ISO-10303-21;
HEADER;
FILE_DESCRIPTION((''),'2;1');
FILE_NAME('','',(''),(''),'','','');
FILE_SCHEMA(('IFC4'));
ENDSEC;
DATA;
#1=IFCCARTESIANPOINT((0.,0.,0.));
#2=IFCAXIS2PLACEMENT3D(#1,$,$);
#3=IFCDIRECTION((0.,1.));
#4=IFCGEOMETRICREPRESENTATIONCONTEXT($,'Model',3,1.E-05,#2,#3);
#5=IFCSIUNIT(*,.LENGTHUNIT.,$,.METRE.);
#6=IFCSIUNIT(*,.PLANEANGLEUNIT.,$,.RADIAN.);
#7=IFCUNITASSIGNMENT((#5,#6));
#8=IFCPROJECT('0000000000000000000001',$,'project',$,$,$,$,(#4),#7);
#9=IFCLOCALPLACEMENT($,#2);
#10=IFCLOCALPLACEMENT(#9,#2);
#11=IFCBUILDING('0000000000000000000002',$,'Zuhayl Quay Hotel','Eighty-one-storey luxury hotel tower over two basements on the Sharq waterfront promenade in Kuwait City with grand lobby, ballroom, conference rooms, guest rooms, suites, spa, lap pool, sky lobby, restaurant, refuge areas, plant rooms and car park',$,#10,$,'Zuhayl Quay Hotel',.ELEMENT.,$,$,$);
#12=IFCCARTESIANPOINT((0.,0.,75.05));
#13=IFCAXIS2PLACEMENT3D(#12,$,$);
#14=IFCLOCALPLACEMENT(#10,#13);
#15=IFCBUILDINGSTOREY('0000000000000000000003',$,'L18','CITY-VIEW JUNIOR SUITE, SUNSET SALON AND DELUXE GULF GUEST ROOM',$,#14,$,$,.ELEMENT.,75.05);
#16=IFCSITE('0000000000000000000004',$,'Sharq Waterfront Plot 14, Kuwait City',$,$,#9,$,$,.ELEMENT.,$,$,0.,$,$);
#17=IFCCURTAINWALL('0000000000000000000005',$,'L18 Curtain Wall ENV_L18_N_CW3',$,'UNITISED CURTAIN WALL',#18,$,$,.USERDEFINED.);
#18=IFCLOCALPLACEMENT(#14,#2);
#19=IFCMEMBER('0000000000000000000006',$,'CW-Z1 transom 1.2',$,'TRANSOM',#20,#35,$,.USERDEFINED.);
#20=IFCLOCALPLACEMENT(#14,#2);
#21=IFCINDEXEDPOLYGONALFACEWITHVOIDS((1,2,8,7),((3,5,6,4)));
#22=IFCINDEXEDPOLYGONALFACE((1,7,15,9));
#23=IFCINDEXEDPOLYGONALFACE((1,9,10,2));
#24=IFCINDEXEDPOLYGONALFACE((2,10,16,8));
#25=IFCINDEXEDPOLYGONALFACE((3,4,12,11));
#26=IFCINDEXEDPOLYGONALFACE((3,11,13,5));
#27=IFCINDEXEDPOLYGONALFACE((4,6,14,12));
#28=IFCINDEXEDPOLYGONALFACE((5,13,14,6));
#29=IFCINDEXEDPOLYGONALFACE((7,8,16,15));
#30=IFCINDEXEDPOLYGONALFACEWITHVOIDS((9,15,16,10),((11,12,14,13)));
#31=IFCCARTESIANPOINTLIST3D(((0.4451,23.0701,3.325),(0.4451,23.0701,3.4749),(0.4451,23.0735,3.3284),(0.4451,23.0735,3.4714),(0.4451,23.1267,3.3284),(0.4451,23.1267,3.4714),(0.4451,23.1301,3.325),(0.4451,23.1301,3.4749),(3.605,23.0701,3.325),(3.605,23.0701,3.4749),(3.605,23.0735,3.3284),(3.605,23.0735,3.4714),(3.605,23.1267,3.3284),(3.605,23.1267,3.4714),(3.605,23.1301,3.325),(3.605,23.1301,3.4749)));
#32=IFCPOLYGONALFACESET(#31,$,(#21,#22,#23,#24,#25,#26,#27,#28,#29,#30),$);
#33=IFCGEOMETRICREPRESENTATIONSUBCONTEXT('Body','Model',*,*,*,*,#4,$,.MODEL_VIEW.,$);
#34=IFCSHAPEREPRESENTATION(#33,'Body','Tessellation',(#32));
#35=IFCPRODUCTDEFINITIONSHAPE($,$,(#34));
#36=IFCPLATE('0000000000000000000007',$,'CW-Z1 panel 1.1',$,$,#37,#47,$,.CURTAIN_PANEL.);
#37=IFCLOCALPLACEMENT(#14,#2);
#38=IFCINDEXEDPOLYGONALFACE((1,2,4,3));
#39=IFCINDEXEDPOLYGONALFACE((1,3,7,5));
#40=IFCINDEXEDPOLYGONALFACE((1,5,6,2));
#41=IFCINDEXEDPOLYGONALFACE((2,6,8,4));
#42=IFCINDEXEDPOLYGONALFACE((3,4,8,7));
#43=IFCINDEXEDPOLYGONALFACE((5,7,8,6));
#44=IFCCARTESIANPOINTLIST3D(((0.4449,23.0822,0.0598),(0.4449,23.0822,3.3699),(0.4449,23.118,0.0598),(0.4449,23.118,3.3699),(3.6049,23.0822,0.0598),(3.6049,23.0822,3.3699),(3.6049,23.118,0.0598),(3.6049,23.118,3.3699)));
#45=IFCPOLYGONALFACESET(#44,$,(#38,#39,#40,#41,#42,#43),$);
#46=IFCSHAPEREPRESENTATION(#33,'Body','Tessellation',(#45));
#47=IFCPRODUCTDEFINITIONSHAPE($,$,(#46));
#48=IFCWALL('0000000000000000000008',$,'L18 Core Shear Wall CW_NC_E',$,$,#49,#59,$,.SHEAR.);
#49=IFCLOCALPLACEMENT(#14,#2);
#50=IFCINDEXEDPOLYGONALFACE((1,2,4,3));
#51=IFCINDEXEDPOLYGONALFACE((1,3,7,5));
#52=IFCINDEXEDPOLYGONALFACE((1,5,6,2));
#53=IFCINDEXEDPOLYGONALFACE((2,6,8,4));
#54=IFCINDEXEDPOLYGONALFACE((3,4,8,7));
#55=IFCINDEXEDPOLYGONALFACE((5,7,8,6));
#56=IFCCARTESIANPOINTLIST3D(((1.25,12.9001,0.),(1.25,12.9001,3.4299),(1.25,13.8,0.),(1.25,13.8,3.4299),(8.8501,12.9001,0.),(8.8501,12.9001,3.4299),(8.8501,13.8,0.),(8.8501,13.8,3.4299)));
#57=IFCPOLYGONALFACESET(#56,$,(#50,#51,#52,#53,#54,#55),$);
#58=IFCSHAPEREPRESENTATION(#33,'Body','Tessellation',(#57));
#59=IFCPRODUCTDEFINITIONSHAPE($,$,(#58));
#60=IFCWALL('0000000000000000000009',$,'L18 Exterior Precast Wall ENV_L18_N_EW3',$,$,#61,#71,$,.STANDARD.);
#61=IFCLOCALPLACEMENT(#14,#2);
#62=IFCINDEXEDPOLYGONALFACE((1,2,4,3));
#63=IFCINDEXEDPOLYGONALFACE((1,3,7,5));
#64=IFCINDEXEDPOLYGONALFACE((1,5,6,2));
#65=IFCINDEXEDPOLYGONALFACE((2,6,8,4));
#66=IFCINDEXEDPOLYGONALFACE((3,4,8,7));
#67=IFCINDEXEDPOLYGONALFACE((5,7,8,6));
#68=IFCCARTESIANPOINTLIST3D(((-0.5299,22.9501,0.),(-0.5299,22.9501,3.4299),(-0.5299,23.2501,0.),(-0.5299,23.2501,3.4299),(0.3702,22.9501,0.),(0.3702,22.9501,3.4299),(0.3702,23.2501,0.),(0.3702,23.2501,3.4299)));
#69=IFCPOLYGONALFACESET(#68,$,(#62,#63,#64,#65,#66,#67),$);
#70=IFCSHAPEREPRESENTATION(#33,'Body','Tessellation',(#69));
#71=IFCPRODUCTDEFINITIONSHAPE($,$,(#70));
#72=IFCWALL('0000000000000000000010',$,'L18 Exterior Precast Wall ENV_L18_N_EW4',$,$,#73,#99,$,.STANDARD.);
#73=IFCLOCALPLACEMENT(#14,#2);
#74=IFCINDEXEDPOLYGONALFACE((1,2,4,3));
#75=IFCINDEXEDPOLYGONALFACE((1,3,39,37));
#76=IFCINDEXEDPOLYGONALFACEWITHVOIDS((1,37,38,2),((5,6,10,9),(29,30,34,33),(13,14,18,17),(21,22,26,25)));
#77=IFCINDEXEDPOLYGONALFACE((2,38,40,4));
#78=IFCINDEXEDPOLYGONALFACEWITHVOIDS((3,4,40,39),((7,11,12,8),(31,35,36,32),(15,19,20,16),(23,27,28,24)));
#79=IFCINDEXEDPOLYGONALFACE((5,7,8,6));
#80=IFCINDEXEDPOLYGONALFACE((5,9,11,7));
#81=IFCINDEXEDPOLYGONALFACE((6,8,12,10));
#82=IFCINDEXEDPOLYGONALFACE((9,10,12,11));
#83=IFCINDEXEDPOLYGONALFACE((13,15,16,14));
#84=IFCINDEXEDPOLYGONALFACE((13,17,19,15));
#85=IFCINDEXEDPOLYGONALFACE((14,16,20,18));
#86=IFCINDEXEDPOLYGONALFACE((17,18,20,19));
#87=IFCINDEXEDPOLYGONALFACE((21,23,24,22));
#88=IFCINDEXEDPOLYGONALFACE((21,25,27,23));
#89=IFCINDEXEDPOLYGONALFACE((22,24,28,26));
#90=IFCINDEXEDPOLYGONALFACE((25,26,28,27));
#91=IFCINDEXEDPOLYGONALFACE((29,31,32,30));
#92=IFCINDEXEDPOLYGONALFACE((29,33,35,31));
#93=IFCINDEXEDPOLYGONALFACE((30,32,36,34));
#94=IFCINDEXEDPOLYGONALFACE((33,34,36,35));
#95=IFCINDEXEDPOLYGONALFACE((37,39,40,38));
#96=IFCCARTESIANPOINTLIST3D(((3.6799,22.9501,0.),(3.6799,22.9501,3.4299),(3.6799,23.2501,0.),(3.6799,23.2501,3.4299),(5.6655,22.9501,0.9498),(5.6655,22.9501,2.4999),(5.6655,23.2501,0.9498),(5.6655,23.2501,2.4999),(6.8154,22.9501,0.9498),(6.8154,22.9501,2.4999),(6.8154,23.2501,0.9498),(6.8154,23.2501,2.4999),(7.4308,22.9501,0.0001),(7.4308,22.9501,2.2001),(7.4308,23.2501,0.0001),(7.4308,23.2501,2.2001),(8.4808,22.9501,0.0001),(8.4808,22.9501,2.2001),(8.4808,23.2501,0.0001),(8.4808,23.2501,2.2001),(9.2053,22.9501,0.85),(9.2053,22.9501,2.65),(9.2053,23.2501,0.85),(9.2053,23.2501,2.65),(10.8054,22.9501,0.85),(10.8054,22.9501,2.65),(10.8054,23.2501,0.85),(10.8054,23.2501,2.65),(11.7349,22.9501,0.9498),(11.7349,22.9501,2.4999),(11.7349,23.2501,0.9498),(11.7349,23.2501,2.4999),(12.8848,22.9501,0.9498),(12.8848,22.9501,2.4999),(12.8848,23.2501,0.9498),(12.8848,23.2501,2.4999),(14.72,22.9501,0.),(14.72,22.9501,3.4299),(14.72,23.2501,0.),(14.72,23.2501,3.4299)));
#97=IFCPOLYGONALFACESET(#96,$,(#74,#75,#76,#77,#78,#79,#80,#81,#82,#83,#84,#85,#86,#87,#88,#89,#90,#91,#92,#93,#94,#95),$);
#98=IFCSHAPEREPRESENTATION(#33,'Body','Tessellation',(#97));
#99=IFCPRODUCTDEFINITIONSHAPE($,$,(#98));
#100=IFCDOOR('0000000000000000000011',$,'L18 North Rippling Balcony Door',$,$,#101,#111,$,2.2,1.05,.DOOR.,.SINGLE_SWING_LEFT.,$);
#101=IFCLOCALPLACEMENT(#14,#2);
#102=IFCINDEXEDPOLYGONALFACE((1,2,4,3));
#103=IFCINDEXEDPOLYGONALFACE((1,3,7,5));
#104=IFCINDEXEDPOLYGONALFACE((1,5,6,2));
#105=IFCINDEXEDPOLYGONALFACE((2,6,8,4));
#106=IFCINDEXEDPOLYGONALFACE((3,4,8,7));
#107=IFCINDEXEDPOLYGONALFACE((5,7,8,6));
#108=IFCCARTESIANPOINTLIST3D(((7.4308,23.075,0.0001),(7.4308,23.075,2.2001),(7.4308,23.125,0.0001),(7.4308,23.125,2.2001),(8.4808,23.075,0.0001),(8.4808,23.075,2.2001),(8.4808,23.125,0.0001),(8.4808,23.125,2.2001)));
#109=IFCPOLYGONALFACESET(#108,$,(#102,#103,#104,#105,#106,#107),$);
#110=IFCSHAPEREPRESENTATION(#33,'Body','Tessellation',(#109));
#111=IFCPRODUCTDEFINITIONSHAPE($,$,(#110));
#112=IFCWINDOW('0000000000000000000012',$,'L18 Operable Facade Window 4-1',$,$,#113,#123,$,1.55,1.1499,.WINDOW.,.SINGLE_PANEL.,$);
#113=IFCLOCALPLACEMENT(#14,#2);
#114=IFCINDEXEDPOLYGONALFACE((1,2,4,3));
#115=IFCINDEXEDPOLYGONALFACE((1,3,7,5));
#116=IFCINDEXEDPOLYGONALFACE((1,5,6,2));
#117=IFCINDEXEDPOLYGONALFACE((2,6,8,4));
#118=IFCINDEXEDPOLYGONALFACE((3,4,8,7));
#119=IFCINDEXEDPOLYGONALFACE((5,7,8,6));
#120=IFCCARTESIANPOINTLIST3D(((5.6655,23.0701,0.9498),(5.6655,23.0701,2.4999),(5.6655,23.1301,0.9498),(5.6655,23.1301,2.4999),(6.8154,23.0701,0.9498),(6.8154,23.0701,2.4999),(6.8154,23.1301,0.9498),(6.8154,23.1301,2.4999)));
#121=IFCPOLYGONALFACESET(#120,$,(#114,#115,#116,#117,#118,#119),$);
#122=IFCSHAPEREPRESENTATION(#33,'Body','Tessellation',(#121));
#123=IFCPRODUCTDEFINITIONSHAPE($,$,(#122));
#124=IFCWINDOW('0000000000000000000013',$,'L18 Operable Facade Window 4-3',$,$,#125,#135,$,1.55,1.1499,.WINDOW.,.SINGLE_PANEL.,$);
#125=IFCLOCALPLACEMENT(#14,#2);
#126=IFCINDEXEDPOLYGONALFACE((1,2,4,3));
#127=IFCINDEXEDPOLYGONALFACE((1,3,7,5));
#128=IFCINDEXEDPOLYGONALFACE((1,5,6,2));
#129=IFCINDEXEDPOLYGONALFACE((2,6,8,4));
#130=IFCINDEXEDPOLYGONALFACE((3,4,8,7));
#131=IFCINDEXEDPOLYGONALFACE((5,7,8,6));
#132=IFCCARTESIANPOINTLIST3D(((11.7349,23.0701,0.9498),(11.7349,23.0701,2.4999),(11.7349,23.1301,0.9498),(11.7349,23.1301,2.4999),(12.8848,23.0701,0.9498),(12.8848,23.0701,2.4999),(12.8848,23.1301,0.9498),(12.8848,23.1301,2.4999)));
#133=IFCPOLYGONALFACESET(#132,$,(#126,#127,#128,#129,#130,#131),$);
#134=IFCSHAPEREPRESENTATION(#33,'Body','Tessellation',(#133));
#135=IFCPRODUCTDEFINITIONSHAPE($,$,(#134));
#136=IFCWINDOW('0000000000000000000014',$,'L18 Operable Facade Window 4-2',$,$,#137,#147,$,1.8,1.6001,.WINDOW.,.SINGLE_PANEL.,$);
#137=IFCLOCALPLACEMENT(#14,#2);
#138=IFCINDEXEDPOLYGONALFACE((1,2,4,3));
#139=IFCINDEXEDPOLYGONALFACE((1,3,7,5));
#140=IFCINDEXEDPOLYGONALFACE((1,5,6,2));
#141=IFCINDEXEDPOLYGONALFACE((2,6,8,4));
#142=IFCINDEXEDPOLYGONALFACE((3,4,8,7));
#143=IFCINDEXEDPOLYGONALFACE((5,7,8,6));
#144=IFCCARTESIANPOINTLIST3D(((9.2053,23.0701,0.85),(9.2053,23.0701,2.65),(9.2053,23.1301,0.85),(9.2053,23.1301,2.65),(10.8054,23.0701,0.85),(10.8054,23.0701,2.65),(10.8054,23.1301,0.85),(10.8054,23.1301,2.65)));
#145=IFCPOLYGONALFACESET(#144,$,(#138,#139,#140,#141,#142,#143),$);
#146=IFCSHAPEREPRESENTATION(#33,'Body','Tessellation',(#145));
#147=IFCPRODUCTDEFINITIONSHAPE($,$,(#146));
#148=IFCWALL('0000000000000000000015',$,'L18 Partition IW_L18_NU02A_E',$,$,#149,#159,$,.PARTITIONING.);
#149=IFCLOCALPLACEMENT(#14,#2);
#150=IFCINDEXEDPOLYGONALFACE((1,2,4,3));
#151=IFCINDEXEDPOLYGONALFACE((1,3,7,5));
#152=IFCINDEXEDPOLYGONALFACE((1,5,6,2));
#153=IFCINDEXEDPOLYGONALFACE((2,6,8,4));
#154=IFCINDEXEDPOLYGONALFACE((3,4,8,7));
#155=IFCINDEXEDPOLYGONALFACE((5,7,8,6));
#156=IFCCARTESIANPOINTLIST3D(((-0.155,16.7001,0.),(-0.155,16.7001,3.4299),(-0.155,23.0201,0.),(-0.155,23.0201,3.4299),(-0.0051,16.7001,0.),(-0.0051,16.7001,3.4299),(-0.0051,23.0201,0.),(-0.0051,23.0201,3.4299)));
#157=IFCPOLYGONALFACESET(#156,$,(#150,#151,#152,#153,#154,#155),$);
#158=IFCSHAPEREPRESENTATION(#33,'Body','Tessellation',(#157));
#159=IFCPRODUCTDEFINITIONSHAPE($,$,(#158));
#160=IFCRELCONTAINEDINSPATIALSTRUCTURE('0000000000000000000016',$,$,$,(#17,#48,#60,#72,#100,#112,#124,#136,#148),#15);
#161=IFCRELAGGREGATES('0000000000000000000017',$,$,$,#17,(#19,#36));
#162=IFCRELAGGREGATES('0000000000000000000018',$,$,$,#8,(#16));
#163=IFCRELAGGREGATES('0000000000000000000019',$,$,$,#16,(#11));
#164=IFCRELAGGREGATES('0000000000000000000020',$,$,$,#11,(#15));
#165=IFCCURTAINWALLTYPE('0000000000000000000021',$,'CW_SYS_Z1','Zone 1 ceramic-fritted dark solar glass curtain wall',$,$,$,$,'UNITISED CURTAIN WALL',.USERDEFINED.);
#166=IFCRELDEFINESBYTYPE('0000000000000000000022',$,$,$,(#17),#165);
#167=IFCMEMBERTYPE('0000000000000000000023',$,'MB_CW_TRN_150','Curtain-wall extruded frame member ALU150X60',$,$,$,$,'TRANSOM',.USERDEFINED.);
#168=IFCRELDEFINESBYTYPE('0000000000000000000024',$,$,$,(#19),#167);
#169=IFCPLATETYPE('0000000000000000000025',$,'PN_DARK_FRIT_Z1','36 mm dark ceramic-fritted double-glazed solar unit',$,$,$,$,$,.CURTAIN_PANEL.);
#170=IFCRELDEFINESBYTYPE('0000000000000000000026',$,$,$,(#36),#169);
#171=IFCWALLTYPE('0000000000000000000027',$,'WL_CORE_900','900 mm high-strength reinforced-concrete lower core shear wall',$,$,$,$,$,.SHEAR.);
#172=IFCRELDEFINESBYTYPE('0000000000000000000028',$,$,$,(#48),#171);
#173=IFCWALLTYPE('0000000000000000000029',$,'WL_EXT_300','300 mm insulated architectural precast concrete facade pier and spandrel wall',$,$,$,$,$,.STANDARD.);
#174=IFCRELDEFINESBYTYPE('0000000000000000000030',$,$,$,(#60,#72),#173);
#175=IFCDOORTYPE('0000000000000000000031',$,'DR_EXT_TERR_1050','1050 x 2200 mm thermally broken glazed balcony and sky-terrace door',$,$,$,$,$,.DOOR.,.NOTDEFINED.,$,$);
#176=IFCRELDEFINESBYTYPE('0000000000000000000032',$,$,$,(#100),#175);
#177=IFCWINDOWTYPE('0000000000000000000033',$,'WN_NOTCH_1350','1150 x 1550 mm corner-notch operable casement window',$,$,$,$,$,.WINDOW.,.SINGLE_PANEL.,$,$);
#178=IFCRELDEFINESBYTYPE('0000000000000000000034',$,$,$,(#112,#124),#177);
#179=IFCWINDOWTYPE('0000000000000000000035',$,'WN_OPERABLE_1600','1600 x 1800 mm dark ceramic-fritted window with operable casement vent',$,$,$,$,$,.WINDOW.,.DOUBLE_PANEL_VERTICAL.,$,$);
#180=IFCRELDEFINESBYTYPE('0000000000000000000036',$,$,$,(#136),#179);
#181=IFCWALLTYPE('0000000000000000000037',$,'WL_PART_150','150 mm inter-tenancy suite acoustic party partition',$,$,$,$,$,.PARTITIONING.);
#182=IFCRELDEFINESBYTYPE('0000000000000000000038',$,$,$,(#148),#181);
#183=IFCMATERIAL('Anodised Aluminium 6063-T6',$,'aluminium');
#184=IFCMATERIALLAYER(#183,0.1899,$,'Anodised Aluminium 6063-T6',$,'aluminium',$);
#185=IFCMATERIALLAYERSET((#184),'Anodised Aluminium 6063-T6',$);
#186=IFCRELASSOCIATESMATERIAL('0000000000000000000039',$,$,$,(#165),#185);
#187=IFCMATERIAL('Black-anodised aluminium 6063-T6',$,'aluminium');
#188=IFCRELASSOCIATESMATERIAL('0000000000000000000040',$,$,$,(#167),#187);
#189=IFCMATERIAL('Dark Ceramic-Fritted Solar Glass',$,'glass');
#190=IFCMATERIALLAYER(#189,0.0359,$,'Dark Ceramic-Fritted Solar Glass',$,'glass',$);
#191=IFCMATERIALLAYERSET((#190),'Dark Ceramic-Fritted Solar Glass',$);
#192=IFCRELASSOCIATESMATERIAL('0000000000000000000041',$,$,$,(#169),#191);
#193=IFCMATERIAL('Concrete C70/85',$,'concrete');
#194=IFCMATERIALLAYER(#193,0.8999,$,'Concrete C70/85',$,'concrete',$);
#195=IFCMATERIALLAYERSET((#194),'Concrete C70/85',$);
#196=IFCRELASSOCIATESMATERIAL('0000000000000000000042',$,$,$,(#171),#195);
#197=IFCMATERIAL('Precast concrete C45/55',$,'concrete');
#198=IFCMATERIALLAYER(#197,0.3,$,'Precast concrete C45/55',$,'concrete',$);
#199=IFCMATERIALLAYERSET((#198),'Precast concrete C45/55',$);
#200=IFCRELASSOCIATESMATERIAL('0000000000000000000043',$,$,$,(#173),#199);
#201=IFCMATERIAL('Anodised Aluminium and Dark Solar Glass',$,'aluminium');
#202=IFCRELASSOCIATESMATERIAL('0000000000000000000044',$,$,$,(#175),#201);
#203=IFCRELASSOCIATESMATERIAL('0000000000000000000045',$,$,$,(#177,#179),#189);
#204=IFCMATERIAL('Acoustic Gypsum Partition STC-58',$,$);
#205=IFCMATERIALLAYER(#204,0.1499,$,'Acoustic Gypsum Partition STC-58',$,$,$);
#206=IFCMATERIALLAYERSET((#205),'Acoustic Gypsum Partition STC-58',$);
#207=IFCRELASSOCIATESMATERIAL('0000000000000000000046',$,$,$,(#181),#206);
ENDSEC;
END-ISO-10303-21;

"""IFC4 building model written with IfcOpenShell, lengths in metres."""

from ifc_helpers import new_model, si_unit, direction, frame, frame_2d, origin, origin_2d, place, context, subcontext, project, spatial, rectangle, hollow_rectangle, extrude, material, layer, layer_set, material_profile, profile_set, type_object, element, fill, aggregate, save


model = new_model("IFC4")

# Units and contexts
model_context = context("Model", 3, precision=1e-05, world=origin(), true_north=direction((0.0, 1.0)))
body_context = subcontext(model_context, "Body", "Model", "MODEL_VIEW")
ifc_project = project(units=[si_unit("LENGTHUNIT", "METRE"), si_unit("PLANEANGLEUNIT", "RADIAN")], contexts=[model_context])

# Site, building, storey
site_placement = place(None, origin())
site = spatial("IfcSite", under=ifc_project, at=site_placement, Name="Sharq Waterfront Plot 14, Kuwait City", CompositionType="ELEMENT", RefElevation=0.0)
building_placement = place(site_placement, origin())
building = spatial("IfcBuilding", under=site, at=building_placement, Name="Zuhayl Quay Hotel", Description="Eighty-one-storey luxury hotel tower over two basements on the Sharq waterfront promenade in Kuwait City with grand lobby, ballroom, conference rooms, guest rooms, suites, spa, lap pool, sky lobby, restaurant, refuge areas, plant rooms and car park", LongName="Zuhayl Quay Hotel", CompositionType="ELEMENT")
storey_placement = place(building_placement, frame((0.0, 0.0, 75.05)))
storey = spatial("IfcBuildingStorey", under=building, at=storey_placement, Name="L18", Description="CITY-VIEW JUNIOR SUITE, SUNSET SALON AND DELUXE GULF GUEST ROOM", CompositionType="ELEMENT", Elevation=75.05)

# Shared definitions
ifc_material_1 = material(Name="Concrete C70/85", Category="concrete")

# Shared definitions
ifc_material_2 = material(Name="Anodised Aluminium 6063-T6", Category="aluminium")
ifc_layer_1 = layer(ifc_material_2, 0.1899, Name="Anodised Aluminium 6063-T6", Category="aluminium")
ifc_layer_set_1 = layer_set([ifc_layer_1], Name="Anodised Aluminium 6063-T6")
curtain_wall_type = type_object("IfcCurtainWallType", Name="CW_SYS_Z1", Description="Zone 1 ceramic-fritted dark solar glass curtain wall", ElementType="UNITISED CURTAIN WALL", PredefinedType="USERDEFINED", material=ifc_layer_set_1)
ifc_material_3 = material(Name="Black-anodised aluminium 6063-T6", Category="aluminium")

# Curtain wall, member, plate
curtain_wall_1_placement = place(storey_placement, origin())
curtain_wall_1 = element("IfcCurtainWall", 1, at=curtain_wall_1_placement, inside=storey, type_object=curtain_wall_type, Name="L18 Curtain Wall ENV_L18_N_CW3", ObjectType="UNITISED CURTAIN WALL", PredefinedType="USERDEFINED")
ifc_material_profile_1 = material_profile(ifc_material_3, hollow_rectangle(XDim=0.0601, YDim=0.1499, WallThickness=0.0034, at=origin_2d()), Name="ALU150X60")
ifc_profile_set_1 = profile_set([ifc_material_profile_1], Name="Black-anodised aluminium 6063-T6")
member_type_1 = type_object("IfcMemberType", Name="MB_CW_TRN_150", Description="Curtain-wall extruded frame member ALU150X60", ElementType="TRANSOM", PredefinedType="USERDEFINED", material=ifc_profile_set_1)
member_1_placement = place(storey_placement, frame((0.4451, 23.1001, 3.3999), z_axis=(1.0, 0.0, 0.0), x_axis=(0.0, 1.0, 0.0)))
member_1 = element("IfcMember", 2, at=member_1_placement, type_object=member_type_1, Name="CW-Z1 transom 1.2", ObjectType="TRANSOM", PredefinedType="USERDEFINED", context=body_context, shape_type="SweptSolid", body=[
    extrude(hollow_rectangle(XDim=0.0601, YDim=0.1499, WallThickness=0.0034, at=origin_2d()), origin(), (0.0, 0.0, 1.0), 3.1599),
])
ifc_material_4 = material(Name="Dark Ceramic-Fritted Solar Glass", Category="glass")
ifc_layer_2 = layer(ifc_material_4, 0.0359, Name="Dark Ceramic-Fritted Solar Glass", Category="glass")
ifc_layer_set_2 = layer_set([ifc_layer_2], Name="Dark Ceramic-Fritted Solar Glass")
plate_type = type_object("IfcPlateType", Name="PN_DARK_FRIT_Z1", Description="36 mm dark ceramic-fritted double-glazed solar unit", PredefinedType="CURTAIN_PANEL", material=ifc_layer_set_2)
plate_placement = place(storey_placement, frame((2.0249, 23.1001, 0.0598), z_axis=(0.0, 0.0, 1.0), x_axis=(1.0, 0.0, 0.0)))
plate = element("IfcPlate", 3, at=plate_placement, type_object=plate_type, Name="CW-Z1 panel 1.1", PredefinedType="CURTAIN_PANEL", context=body_context, shape_type="SweptSolid", body=[
    extrude(rectangle(XDim=3.1599, YDim=0.0359, at=origin_2d()), origin(), (0.0, 0.0, 1.0), 3.3101),
])
aggregate(curtain_wall_1, [member_1, plate])

# Walls
ifc_layer_3 = layer(ifc_material_1, 0.8999, Name="Concrete C70/85", Category="concrete")
ifc_layer_set_3 = layer_set([ifc_layer_3], Name="Concrete C70/85")
wall_type_1 = type_object("IfcWallType", Name="WL_CORE_900", Description="900 mm high-strength reinforced-concrete lower core shear wall", PredefinedType="SHEAR", material=ifc_layer_set_3)
wall_1_placement = place(storey_placement, frame((1.25, 13.3501, 0.0), z_axis=(0.0, 0.0, 1.0), x_axis=(1.0, 0.0, 0.0)))
element("IfcWall", 4, at=wall_1_placement, inside=storey, type_object=wall_type_1, Name="L18 Core Shear Wall CW_NC_E", PredefinedType="SHEAR", context=body_context, shape_type="SweptSolid", body=[
    extrude(rectangle(XDim=7.6001, YDim=0.8999, at=frame_2d((3.8, 0.0))), origin(), (0.0, 0.0, 1.0), 3.4299),
])
ifc_material_5 = material(Name="Precast concrete C45/55", Category="concrete")
ifc_layer_4 = layer(ifc_material_5, 0.3, Name="Precast concrete C45/55", Category="concrete")
ifc_layer_set_4 = layer_set([ifc_layer_4], Name="Precast concrete C45/55")
wall_type_2 = type_object("IfcWallType", Name="WL_EXT_300", Description="300 mm insulated architectural precast concrete facade pier and spandrel wall", PredefinedType="STANDARD", material=ifc_layer_set_4)
wall_2_placement = place(storey_placement, frame((-0.53, 23.1001, 0.0), z_axis=(0.0, 0.0, 1.0), x_axis=(1.0, 0.0, 0.0)))
element("IfcWall", 5, at=wall_2_placement, inside=storey, type_object=wall_type_2, Name="L18 Exterior Precast Wall ENV_L18_N_EW3", PredefinedType="STANDARD", context=body_context, shape_type="SweptSolid", body=[
    extrude(rectangle(XDim=0.9001, YDim=0.3, at=frame_2d((0.4502, 0.0))), origin(), (0.0, 0.0, 1.0), 3.4299),
])

# Wall, openings, door, windows
wall_3_placement = place(storey_placement, frame((3.6799, 23.1001, 0.0), z_axis=(0.0, 0.0, 1.0), x_axis=(1.0, 0.0, 0.0)))
wall_3 = element("IfcWall", 6, at=wall_3_placement, inside=storey, type_object=wall_type_2, Name="L18 Exterior Precast Wall ENV_L18_N_EW4", PredefinedType="STANDARD", context=body_context, shape_type="SweptSolid", body=[
    extrude(rectangle(XDim=11.04, YDim=0.3, at=frame_2d((5.52, 0.0))), origin(), (0.0, 0.0, 1.0), 3.4299),
])
opening_1_placement = place(wall_3_placement, frame((3.751, 0.0, 0.0)))
opening_1 = element("IfcOpeningElement", 7, at=opening_1_placement, cuts=wall_3, PredefinedType="OPENING", context=body_context, shape_type="SweptSolid", body=[
    extrude(rectangle(XDim=1.05, YDim=2.2, at=frame_2d((0.5249, 1.1001))), frame((0.0, 0.1599, 0.0), z_axis=(0.0, -1.0, 0.0), x_axis=(1.0, 0.0, 0.0)), (0.0, 0.0, 1.0), 0.3201),
])
opening_2_placement = place(wall_3_placement, frame((1.9856, 0.0, 0.95)))
opening_2 = element("IfcOpeningElement", 8, at=opening_2_placement, cuts=wall_3, PredefinedType="OPENING", context=body_context, shape_type="SweptSolid", body=[
    extrude(rectangle(XDim=1.1499, YDim=1.55, at=frame_2d((0.575, 0.7749))), frame((0.0, 0.1599, 0.0), z_axis=(0.0, -1.0, 0.0), x_axis=(1.0, 0.0, 0.0)), (0.0, 0.0, 1.0), 0.3201),
])
opening_3_placement = place(wall_3_placement, frame((5.5254, 0.0, 0.8501)))
opening_3 = element("IfcOpeningElement", 9, at=opening_3_placement, cuts=wall_3, PredefinedType="OPENING", context=body_context, shape_type="SweptSolid", body=[
    extrude(rectangle(XDim=1.6001, YDim=1.8, at=frame_2d((0.8, 0.8999))), frame((0.0, 0.1599, 0.0), z_axis=(0.0, -1.0, 0.0), x_axis=(1.0, 0.0, 0.0)), (0.0, 0.0, 1.0), 0.3201),
])
opening_4_placement = place(wall_3_placement, frame((8.0549, 0.0, 0.95)))
opening_4 = element("IfcOpeningElement", 10, at=opening_4_placement, cuts=wall_3, PredefinedType="OPENING", context=body_context, shape_type="SweptSolid", body=[
    extrude(rectangle(XDim=1.1499, YDim=1.55, at=frame_2d((0.575, 0.7749))), frame((0.0, 0.1599, 0.0), z_axis=(0.0, -1.0, 0.0), x_axis=(1.0, 0.0, 0.0)), (0.0, 0.0, 1.0), 0.3201),
])
ifc_material_6 = material(Name="Anodised Aluminium and Dark Solar Glass", Category="aluminium")
door_type_1 = type_object("IfcDoorType", Name="DR_EXT_TERR_1050", Description="1050 x 2200 mm thermally broken glazed balcony and sky-terrace door", OperationType="NOTDEFINED", PredefinedType="DOOR", material=ifc_material_6)
door_1_placement = place(opening_1_placement, origin())
door_1 = element("IfcDoor", 11, at=door_1_placement, inside=storey, type_object=door_type_1, Name="L18 North Rippling Balcony Door", OperationType="SINGLE_SWING_LEFT", OverallHeight=2.2, OverallWidth=1.05, PredefinedType="DOOR", context=body_context, shape_type="SweptSolid", body=[
    extrude(rectangle(XDim=1.05, YDim=2.2, at=frame_2d((0.5249, 1.1001))), frame((0.0, 0.0249, 0.0), z_axis=(0.0, -1.0, 0.0), x_axis=(1.0, 0.0, 0.0)), (0.0, 0.0, 1.0), 0.05),
])
fill(opening_1, door_1)
window_type_1 = type_object("IfcWindowType", Name="WN_NOTCH_1350", Description="1150 x 1550 mm corner-notch operable casement window", PartitioningType="SINGLE_PANEL", PredefinedType="WINDOW", material=ifc_material_4)
window_1_placement = place(opening_2_placement, origin())
window_1 = element("IfcWindow", 12, at=window_1_placement, inside=storey, type_object=window_type_1, Name="L18 Operable Facade Window 4-1", OverallHeight=1.55, OverallWidth=1.1499, PartitioningType="SINGLE_PANEL", PredefinedType="WINDOW", context=body_context, shape_type="SweptSolid", body=[
    extrude(rectangle(XDim=1.1499, YDim=1.55, at=frame_2d((0.575, 0.7749))), frame((0.0, 0.03, 0.0), z_axis=(0.0, -1.0, 0.0), x_axis=(1.0, 0.0, 0.0)), (0.0, 0.0, 1.0), 0.0601),
])
fill(opening_2, window_1)
window_2_placement = place(opening_4_placement, origin())
window_2 = element("IfcWindow", 13, at=window_2_placement, inside=storey, type_object=window_type_1, Name="L18 Operable Facade Window 4-3", OverallHeight=1.55, OverallWidth=1.1499, PartitioningType="SINGLE_PANEL", PredefinedType="WINDOW", context=body_context, shape_type="SweptSolid", body=[
    extrude(rectangle(XDim=1.1499, YDim=1.55, at=frame_2d((0.575, 0.7749))), frame((0.0, 0.03, 0.0), z_axis=(0.0, -1.0, 0.0), x_axis=(1.0, 0.0, 0.0)), (0.0, 0.0, 1.0), 0.0601),
])
fill(opening_4, window_2)
window_type_2 = type_object("IfcWindowType", Name="WN_OPERABLE_1600", Description="1600 x 1800 mm dark ceramic-fritted window with operable casement vent", PartitioningType="DOUBLE_PANEL_VERTICAL", PredefinedType="WINDOW", material=ifc_material_4)
window_3_placement = place(opening_3_placement, origin())
window_3 = element("IfcWindow", 14, at=window_3_placement, inside=storey, type_object=window_type_2, Name="L18 Operable Facade Window 4-2", OverallHeight=1.8, OverallWidth=1.6001, PartitioningType="SINGLE_PANEL", PredefinedType="WINDOW", context=body_context, shape_type="SweptSolid", body=[
    extrude(rectangle(XDim=1.6001, YDim=1.8, at=frame_2d((0.8, 0.8999))), frame((0.0, 0.03, 0.0), z_axis=(0.0, -1.0, 0.0), x_axis=(1.0, 0.0, 0.0)), (0.0, 0.0, 1.0), 0.0601),
])
fill(opening_3, window_3)

# Wall
ifc_material_7 = material(Name="Acoustic Gypsum Partition STC-58")
ifc_layer_5 = layer(ifc_material_7, 0.1499, Name="Acoustic Gypsum Partition STC-58")
ifc_layer_set_5 = layer_set([ifc_layer_5], Name="Acoustic Gypsum Partition STC-58")
wall_type_3 = type_object("IfcWallType", Name="WL_PART_150", Description="150 mm inter-tenancy suite acoustic party partition", PredefinedType="PARTITIONING", material=ifc_layer_set_5)
wall_4_placement = place(storey_placement, frame((-0.0801, 16.7, 0.0), z_axis=(0.0, 0.0, 1.0), x_axis=(0.0, 1.0, 0.0)))
element("IfcWall", 15, at=wall_4_placement, inside=storey, type_object=wall_type_3, Name="L18 Partition IW_L18_NU02A_E", PredefinedType="PARTITIONING", context=body_context, shape_type="SweptSolid", body=[
    extrude(rectangle(XDim=6.3201, YDim=0.1499, at=frame_2d((3.1602, 0.0))), origin(), (0.0, 0.0, 1.0), 3.4299),
])

save(model, "model.ifc")
